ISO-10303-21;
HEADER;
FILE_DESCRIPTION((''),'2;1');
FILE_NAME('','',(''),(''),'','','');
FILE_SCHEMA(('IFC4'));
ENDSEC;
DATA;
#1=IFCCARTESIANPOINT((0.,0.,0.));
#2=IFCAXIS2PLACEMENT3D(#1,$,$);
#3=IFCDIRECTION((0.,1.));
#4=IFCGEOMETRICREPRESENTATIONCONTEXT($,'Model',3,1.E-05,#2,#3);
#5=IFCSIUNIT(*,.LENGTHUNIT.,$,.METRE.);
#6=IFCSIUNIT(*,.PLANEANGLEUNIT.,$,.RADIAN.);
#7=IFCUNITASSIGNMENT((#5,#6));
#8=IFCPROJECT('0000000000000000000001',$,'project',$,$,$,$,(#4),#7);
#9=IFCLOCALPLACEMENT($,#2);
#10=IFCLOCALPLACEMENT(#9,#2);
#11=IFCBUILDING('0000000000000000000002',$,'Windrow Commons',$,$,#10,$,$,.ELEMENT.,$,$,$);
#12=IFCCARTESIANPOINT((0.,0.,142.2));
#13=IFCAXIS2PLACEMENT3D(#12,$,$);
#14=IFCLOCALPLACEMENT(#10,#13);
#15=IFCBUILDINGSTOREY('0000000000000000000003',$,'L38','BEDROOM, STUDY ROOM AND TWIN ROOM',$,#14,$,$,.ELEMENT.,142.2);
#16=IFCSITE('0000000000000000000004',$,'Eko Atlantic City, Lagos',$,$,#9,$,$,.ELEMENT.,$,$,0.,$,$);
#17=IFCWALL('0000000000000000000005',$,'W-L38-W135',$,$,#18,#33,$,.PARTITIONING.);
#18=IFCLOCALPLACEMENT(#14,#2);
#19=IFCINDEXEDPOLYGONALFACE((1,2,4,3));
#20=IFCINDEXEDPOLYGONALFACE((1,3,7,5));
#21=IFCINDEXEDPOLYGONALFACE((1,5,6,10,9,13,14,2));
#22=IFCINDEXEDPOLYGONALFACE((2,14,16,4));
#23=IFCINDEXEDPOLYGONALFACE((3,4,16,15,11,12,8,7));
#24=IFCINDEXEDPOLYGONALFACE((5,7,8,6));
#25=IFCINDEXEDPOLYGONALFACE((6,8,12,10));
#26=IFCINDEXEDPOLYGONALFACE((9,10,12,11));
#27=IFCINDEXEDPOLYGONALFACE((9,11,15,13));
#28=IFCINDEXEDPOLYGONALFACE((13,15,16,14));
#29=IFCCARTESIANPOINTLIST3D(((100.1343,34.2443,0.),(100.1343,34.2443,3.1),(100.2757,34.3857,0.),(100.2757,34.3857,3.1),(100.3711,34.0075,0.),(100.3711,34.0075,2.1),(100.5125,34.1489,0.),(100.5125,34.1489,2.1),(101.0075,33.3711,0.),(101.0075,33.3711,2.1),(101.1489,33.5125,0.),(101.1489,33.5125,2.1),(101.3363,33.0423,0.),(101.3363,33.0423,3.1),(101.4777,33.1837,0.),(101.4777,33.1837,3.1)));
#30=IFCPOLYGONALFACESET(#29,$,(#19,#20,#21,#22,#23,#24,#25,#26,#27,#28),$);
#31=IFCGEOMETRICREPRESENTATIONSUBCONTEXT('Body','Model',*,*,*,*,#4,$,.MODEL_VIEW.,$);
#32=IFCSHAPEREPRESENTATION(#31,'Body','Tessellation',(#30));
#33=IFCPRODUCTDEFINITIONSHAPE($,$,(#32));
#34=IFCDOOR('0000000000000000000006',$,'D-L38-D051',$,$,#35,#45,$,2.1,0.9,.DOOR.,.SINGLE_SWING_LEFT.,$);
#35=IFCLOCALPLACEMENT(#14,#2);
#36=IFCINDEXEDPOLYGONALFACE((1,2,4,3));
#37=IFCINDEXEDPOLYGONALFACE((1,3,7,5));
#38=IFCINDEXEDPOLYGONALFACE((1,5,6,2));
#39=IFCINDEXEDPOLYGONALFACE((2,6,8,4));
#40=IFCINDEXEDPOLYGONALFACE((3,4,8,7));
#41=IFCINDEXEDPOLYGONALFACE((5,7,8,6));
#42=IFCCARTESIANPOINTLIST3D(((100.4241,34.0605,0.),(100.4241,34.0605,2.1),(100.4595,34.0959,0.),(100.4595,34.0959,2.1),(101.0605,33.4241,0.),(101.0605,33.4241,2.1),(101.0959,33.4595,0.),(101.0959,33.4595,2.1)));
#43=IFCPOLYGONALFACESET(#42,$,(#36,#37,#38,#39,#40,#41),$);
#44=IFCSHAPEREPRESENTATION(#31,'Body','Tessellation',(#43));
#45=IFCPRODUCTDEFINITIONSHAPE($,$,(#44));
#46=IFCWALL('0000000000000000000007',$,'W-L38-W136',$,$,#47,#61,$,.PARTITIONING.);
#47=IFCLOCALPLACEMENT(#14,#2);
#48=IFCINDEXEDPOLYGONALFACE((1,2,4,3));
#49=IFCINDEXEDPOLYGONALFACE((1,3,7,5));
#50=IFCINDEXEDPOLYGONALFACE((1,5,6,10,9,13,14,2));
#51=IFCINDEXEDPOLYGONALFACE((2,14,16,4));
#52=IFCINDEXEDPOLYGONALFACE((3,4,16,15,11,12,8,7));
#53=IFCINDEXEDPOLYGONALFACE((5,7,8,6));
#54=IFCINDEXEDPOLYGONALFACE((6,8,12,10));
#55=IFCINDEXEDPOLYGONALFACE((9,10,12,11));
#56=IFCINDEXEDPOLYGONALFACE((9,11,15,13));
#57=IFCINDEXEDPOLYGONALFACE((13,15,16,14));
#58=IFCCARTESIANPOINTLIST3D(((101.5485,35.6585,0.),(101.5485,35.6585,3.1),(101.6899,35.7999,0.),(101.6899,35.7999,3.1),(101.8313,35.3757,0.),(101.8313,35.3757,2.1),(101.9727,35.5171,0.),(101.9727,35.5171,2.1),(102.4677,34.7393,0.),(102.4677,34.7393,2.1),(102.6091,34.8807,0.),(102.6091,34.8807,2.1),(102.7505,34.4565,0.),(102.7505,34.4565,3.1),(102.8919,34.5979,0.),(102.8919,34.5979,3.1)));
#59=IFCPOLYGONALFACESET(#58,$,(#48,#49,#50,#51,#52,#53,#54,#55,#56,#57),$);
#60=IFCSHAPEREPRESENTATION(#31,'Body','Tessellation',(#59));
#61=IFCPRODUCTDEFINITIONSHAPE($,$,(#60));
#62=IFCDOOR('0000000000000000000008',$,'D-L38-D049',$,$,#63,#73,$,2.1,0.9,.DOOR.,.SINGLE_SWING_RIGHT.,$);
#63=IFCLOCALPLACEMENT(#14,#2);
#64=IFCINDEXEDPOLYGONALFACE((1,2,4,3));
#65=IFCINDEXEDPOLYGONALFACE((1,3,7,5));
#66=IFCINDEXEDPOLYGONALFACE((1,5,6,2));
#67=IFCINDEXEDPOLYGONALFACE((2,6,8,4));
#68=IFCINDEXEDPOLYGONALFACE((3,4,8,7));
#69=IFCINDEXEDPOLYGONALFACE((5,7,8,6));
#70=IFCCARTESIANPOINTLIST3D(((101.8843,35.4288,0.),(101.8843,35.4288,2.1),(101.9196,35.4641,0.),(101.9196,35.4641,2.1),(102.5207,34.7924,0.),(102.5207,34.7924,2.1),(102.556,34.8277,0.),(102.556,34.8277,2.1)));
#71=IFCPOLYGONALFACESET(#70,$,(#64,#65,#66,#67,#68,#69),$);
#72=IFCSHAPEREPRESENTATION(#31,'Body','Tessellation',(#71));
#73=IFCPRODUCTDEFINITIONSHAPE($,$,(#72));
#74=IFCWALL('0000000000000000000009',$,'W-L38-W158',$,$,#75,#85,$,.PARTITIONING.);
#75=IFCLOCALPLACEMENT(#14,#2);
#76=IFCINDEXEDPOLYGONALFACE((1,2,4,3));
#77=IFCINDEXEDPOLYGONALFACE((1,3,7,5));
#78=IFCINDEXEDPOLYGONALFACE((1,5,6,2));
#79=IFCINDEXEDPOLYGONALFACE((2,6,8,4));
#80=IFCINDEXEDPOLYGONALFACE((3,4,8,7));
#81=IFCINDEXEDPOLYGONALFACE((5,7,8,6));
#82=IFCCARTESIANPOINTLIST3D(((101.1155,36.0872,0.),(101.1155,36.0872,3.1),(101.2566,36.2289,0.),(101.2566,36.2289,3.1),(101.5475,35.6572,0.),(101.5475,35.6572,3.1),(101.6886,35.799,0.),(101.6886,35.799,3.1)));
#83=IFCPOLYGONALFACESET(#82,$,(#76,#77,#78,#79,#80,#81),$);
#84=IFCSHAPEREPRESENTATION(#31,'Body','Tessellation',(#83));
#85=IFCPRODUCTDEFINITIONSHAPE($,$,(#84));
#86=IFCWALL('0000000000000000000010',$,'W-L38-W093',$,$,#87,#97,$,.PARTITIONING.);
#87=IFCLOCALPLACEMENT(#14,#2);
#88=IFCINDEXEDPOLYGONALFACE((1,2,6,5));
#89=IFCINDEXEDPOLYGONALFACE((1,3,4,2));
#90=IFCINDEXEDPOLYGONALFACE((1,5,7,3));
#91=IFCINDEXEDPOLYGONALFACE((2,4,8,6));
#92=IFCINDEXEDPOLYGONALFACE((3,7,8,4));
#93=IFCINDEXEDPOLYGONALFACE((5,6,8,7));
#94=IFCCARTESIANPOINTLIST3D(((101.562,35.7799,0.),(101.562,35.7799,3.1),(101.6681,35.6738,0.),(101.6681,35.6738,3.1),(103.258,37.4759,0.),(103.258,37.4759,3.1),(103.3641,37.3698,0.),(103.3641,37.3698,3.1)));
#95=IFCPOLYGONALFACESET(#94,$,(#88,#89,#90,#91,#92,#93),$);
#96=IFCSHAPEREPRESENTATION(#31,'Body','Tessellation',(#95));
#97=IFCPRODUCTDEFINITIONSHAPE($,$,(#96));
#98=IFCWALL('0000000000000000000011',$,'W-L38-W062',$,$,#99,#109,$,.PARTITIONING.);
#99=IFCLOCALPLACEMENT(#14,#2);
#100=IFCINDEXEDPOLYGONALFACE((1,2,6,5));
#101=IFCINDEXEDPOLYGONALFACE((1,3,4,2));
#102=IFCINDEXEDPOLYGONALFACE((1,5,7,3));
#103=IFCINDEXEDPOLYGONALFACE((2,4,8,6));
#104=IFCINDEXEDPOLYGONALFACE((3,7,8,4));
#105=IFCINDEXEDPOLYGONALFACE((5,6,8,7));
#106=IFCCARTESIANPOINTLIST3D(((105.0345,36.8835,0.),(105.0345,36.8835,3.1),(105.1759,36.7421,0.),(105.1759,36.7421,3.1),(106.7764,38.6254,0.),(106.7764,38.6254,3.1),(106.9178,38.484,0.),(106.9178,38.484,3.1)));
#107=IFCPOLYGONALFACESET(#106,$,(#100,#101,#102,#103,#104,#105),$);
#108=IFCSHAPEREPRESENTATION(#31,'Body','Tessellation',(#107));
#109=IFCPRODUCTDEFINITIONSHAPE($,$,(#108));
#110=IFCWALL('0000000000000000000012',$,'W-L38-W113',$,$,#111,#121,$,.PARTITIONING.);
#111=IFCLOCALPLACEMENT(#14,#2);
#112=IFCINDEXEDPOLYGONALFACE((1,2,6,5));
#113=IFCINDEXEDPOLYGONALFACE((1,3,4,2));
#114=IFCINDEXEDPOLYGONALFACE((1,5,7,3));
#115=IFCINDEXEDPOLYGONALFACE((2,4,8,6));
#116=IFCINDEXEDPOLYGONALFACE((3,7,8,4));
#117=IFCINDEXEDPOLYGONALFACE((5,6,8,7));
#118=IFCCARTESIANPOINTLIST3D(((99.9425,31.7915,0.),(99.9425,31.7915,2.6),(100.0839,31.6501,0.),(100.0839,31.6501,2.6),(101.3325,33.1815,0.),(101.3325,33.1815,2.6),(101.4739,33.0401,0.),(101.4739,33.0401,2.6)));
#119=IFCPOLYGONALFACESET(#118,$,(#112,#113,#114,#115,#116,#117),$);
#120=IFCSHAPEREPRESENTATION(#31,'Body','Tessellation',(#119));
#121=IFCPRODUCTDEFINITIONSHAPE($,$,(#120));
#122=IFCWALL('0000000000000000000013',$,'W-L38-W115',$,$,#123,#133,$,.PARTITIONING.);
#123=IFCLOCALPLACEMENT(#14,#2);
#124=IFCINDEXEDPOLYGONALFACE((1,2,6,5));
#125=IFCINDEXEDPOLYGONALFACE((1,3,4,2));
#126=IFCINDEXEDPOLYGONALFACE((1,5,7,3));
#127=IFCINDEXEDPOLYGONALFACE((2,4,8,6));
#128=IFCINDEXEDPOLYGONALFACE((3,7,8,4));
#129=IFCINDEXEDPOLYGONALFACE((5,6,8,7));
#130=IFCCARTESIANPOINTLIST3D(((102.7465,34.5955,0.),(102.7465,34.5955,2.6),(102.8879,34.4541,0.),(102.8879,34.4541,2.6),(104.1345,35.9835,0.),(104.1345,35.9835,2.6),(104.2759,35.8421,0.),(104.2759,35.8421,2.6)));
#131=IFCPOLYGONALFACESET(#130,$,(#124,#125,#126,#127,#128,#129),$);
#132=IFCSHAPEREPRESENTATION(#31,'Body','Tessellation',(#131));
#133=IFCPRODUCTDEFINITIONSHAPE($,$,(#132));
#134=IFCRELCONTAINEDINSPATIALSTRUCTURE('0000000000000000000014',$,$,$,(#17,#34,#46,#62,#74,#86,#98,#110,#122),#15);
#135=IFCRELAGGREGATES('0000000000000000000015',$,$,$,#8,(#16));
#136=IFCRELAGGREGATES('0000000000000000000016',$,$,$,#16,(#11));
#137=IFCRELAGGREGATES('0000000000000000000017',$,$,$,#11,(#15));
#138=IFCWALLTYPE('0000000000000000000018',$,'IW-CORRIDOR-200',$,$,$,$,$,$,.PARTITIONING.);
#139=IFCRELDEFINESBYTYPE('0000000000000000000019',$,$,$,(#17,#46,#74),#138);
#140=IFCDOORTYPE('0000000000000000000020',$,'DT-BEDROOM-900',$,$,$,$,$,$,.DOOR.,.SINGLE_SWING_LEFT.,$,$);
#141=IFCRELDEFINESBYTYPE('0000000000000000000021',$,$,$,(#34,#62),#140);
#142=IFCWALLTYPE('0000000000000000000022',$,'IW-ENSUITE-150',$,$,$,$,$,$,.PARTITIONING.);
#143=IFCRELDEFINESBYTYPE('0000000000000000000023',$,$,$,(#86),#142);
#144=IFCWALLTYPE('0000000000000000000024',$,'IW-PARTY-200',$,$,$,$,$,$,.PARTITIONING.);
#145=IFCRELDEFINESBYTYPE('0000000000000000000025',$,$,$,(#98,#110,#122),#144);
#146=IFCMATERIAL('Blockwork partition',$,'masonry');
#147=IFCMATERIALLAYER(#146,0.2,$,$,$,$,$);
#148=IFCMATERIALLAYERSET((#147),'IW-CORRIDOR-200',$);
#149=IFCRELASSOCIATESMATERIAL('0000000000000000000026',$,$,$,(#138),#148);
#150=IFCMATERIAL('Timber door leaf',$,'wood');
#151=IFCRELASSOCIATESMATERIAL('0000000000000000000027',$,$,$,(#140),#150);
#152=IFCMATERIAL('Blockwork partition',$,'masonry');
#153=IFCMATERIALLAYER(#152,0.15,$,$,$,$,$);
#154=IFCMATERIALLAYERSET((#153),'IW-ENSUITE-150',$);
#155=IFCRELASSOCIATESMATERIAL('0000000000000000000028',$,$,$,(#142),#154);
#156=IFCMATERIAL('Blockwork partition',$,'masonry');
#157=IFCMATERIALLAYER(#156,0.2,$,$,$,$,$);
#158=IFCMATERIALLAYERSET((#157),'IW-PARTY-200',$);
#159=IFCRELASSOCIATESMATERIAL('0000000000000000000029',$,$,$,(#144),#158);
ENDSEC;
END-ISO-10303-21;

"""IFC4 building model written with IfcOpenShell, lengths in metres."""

from ifc_helpers import new_model, si_unit, direction, frame, frame_2d, origin, place, context, subcontext, project, spatial, rectangle, extrude, material, layer, layer_set, type_object, element, fill, save


model = new_model("IFC4")

# Units and contexts
model_context = context("Model", 3, precision=1e-05, world=origin(), true_north=direction((0.0, 1.0)))
body_context = subcontext(model_context, "Body", "Model", "MODEL_VIEW")
ifc_project = project(units=[si_unit("LENGTHUNIT", "METRE"), si_unit("PLANEANGLEUNIT", "RADIAN")], contexts=[model_context])

# Site, building, storey
site_placement = place(None, origin())
site = spatial("IfcSite", under=ifc_project, at=site_placement, Name="Eko Atlantic City, Lagos", CompositionType="ELEMENT", RefElevation=0.0)
building_placement = place(site_placement, origin())
building = spatial("IfcBuilding", under=site, at=building_placement, Name="Windrow Commons", CompositionType="ELEMENT")
storey_placement = place(building_placement, frame((0.0, 0.0, 142.2)))
storey = spatial("IfcBuildingStorey", under=building, at=storey_placement, Name="L38", Description="BEDROOM, STUDY ROOM AND TWIN ROOM", CompositionType="ELEMENT", Elevation=142.2)

# Walls, openings, doors
ifc_material_1 = material(Name="Blockwork partition", Category="masonry")
ifc_layer_1 = layer(ifc_material_1, 0.2)
ifc_layer_set_1 = layer_set([ifc_layer_1], Name="IW-CORRIDOR-200")
wall_type_1 = type_object("IfcWallType", Name="IW-CORRIDOR-200", PredefinedType="PARTITIONING", material=ifc_layer_set_1)
wall_1_placement = place(storey_placement, frame((100.205, 34.315, 0.0), z_axis=(0.0, 0.0, 1.0), x_axis=(0.707107, -0.707107, 0.0)))
wall_1 = element("IfcWall", 1, at=wall_1_placement, inside=storey, type_object=wall_type_1, Name="W-L38-W135", PredefinedType="PARTITIONING", context=body_context, shape_type="SweptSolid", body=[
    extrude(rectangle(XDim=1.6999, YDim=0.2, at=frame_2d((0.8499, 0.0))), origin(), (0.0, 0.0, 1.0), 3.1),
])
opening_1_placement = place(wall_1_placement, frame((0.3349, 0.0, 0.0)))
opening_1 = element("IfcOpeningElement", 2, at=opening_1_placement, cuts=wall_1, PredefinedType="OPENING", context=body_context, shape_type="SweptSolid", body=[
    extrude(rectangle(XDim=0.9, YDim=2.1, at=frame_2d((0.45, 1.05))), frame((0.0, 0.11, 0.0), z_axis=(0.0, -1.0, 0.0), x_axis=(1.0, 0.0, 0.0)), (0.0, 0.0, 1.0), 0.22),
])
ifc_material_2 = material(Name="Timber door leaf", Category="wood")
door_type_1 = type_object("IfcDoorType", Name="DT-BEDROOM-900", OperationType="SINGLE_SWING_LEFT", PredefinedType="DOOR", material=ifc_material_2)
door_1_placement = place(opening_1_placement, origin())
door_1 = element("IfcDoor", 3, at=door_1_placement, inside=storey, type_object=door_type_1, Name="D-L38-D051", OperationType="SINGLE_SWING_LEFT", OverallHeight=2.1, OverallWidth=0.9, PredefinedType="DOOR", context=body_context, shape_type="SweptSolid", body=[
    extrude(rectangle(XDim=0.9, YDim=2.1, at=frame_2d((0.45, 1.05))), frame((0.0, 0.025, 0.0), z_axis=(0.0, -1.0, 0.0), x_axis=(1.0, 0.0, 0.0)), (0.0, 0.0, 1.0), 0.05),
])
fill(opening_1, door_1)
wall_2_placement = place(storey_placement, frame((101.6192, 35.7292, 0.0), z_axis=(0.0, 0.0, 1.0), x_axis=(0.707107, -0.707107, 0.0)))
wall_2 = element("IfcWall", 4, at=wall_2_placement, inside=storey, type_object=wall_type_1, Name="W-L38-W136", PredefinedType="PARTITIONING", context=body_context, shape_type="SweptSolid", body=[
    extrude(rectangle(XDim=1.6999, YDim=0.2, at=frame_2d((0.8499, 0.0))), origin(), (0.0, 0.0, 1.0), 3.1),
])
opening_2_placement = place(wall_2_placement, frame((0.3999, 0.0, 0.0)))
opening_2 = element("IfcOpeningElement", 5, at=opening_2_placement, cuts=wall_2, PredefinedType="OPENING", context=body_context, shape_type="SweptSolid", body=[
    extrude(rectangle(XDim=0.9, YDim=2.1, at=frame_2d((0.45, 1.05))), frame((0.0, 0.11, 0.0), z_axis=(0.0, -1.0, 0.0), x_axis=(1.0, 0.0, 0.0)), (0.0, 0.0, 1.0), 0.22),
])
door_2_placement = place(opening_2_placement, origin())
door_2 = element("IfcDoor", 6, at=door_2_placement, inside=storey, type_object=door_type_1, Name="D-L38-D049", OperationType="SINGLE_SWING_RIGHT", OverallHeight=2.1, OverallWidth=0.9, PredefinedType="DOOR", context=body_context, shape_type="SweptSolid", body=[
    extrude(rectangle(XDim=0.9, YDim=2.1, at=frame_2d((0.45, 1.05))), frame((0.0, 0.025, 0.0), z_axis=(0.0, -1.0, 0.0), x_axis=(1.0, 0.0, 0.0)), (0.0, 0.0, 1.0), 0.05),
])
fill(opening_2, door_2)

# Walls
wall_3_placement = place(storey_placement, frame((101.186, 36.1581, 0.0), z_axis=(0.0, 0.0, 1.0), x_axis=(0.708745, -0.705464, 0.0)))
element("IfcWall", 7, at=wall_3_placement, inside=storey, type_object=wall_type_1, Name="W-L38-W158", PredefinedType="PARTITIONING", context=body_context, shape_type="SweptSolid", body=[
    extrude(rectangle(XDim=0.6095, YDim=0.2, at=frame_2d((0.3048, 0.0))), origin(), (0.0, 0.0, 1.0), 3.1),
])
ifc_material_3 = material(Name="Blockwork partition", Category="masonry")
ifc_layer_2 = layer(ifc_material_3, 0.15)
ifc_layer_set_2 = layer_set([ifc_layer_2], Name="IW-ENSUITE-150")
wall_type_2 = type_object("IfcWallType", Name="IW-ENSUITE-150", PredefinedType="PARTITIONING", material=ifc_layer_set_2)
wall_4_placement = place(storey_placement, frame((101.6151, 35.7269, 0.0), z_axis=(0.0, 0.0, 1.0), x_axis=(0.707107, 0.707107, 0.0)))
element("IfcWall", 8, at=wall_4_placement, inside=storey, type_object=wall_type_2, Name="W-L38-W093", PredefinedType="PARTITIONING", context=body_context, shape_type="SweptSolid", body=[
    extrude(rectangle(XDim=2.3985, YDim=0.15, at=frame_2d((1.1992, 0.0))), origin(), (0.0, 0.0, 1.0), 3.1),
])
ifc_material_4 = material(Name="Blockwork partition", Category="masonry")
ifc_layer_3 = layer(ifc_material_4, 0.2)
ifc_layer_set_3 = layer_set([ifc_layer_3], Name="IW-PARTY-200")
wall_type_3 = type_object("IfcWallType", Name="IW-PARTY-200", PredefinedType="PARTITIONING", material=ifc_layer_set_3)
wall_5_placement = place(storey_placement, frame((105.1052, 36.8128, 0.0), z_axis=(0.0, 0.0, 1.0), x_axis=(0.707107, 0.707107, 0.0)))
element("IfcWall", 9, at=wall_5_placement, inside=storey, type_object=wall_type_3, Name="W-L38-W062", PredefinedType="PARTITIONING", context=body_context, shape_type="SweptSolid", body=[
    extrude(rectangle(XDim=2.4634, YDim=0.2, at=frame_2d((1.2317, 0.0))), origin(), (0.0, 0.0, 1.0), 3.1),
])
wall_6_placement = place(storey_placement, frame((100.0132, 31.7208, 0.0), z_axis=(0.0, 0.0, 1.0), x_axis=(0.707107, 0.707107, 0.0)))
element("IfcWall", 10, at=wall_6_placement, inside=storey, type_object=wall_type_3, Name="W-L38-W113", PredefinedType="PARTITIONING", context=body_context, shape_type="SweptSolid", body=[
    extrude(rectangle(XDim=1.9658, YDim=0.2, at=frame_2d((0.9829, 0.0))), origin(), (0.0, 0.0, 1.0), 2.6),
])
wall_7_placement = place(storey_placement, frame((102.8172, 34.5248, 0.0), z_axis=(0.0, 0.0, 1.0), x_axis=(0.707107, 0.707107, 0.0)))
element("IfcWall", 11, at=wall_7_placement, inside=storey, type_object=wall_type_3, Name="W-L38-W115", PredefinedType="PARTITIONING", context=body_context, shape_type="SweptSolid", body=[
    extrude(rectangle(XDim=1.9629, YDim=0.2, at=frame_2d((0.9815, 0.0))), origin(), (0.0, 0.0, 1.0), 2.6),
])

save(model, "model.ifc")
